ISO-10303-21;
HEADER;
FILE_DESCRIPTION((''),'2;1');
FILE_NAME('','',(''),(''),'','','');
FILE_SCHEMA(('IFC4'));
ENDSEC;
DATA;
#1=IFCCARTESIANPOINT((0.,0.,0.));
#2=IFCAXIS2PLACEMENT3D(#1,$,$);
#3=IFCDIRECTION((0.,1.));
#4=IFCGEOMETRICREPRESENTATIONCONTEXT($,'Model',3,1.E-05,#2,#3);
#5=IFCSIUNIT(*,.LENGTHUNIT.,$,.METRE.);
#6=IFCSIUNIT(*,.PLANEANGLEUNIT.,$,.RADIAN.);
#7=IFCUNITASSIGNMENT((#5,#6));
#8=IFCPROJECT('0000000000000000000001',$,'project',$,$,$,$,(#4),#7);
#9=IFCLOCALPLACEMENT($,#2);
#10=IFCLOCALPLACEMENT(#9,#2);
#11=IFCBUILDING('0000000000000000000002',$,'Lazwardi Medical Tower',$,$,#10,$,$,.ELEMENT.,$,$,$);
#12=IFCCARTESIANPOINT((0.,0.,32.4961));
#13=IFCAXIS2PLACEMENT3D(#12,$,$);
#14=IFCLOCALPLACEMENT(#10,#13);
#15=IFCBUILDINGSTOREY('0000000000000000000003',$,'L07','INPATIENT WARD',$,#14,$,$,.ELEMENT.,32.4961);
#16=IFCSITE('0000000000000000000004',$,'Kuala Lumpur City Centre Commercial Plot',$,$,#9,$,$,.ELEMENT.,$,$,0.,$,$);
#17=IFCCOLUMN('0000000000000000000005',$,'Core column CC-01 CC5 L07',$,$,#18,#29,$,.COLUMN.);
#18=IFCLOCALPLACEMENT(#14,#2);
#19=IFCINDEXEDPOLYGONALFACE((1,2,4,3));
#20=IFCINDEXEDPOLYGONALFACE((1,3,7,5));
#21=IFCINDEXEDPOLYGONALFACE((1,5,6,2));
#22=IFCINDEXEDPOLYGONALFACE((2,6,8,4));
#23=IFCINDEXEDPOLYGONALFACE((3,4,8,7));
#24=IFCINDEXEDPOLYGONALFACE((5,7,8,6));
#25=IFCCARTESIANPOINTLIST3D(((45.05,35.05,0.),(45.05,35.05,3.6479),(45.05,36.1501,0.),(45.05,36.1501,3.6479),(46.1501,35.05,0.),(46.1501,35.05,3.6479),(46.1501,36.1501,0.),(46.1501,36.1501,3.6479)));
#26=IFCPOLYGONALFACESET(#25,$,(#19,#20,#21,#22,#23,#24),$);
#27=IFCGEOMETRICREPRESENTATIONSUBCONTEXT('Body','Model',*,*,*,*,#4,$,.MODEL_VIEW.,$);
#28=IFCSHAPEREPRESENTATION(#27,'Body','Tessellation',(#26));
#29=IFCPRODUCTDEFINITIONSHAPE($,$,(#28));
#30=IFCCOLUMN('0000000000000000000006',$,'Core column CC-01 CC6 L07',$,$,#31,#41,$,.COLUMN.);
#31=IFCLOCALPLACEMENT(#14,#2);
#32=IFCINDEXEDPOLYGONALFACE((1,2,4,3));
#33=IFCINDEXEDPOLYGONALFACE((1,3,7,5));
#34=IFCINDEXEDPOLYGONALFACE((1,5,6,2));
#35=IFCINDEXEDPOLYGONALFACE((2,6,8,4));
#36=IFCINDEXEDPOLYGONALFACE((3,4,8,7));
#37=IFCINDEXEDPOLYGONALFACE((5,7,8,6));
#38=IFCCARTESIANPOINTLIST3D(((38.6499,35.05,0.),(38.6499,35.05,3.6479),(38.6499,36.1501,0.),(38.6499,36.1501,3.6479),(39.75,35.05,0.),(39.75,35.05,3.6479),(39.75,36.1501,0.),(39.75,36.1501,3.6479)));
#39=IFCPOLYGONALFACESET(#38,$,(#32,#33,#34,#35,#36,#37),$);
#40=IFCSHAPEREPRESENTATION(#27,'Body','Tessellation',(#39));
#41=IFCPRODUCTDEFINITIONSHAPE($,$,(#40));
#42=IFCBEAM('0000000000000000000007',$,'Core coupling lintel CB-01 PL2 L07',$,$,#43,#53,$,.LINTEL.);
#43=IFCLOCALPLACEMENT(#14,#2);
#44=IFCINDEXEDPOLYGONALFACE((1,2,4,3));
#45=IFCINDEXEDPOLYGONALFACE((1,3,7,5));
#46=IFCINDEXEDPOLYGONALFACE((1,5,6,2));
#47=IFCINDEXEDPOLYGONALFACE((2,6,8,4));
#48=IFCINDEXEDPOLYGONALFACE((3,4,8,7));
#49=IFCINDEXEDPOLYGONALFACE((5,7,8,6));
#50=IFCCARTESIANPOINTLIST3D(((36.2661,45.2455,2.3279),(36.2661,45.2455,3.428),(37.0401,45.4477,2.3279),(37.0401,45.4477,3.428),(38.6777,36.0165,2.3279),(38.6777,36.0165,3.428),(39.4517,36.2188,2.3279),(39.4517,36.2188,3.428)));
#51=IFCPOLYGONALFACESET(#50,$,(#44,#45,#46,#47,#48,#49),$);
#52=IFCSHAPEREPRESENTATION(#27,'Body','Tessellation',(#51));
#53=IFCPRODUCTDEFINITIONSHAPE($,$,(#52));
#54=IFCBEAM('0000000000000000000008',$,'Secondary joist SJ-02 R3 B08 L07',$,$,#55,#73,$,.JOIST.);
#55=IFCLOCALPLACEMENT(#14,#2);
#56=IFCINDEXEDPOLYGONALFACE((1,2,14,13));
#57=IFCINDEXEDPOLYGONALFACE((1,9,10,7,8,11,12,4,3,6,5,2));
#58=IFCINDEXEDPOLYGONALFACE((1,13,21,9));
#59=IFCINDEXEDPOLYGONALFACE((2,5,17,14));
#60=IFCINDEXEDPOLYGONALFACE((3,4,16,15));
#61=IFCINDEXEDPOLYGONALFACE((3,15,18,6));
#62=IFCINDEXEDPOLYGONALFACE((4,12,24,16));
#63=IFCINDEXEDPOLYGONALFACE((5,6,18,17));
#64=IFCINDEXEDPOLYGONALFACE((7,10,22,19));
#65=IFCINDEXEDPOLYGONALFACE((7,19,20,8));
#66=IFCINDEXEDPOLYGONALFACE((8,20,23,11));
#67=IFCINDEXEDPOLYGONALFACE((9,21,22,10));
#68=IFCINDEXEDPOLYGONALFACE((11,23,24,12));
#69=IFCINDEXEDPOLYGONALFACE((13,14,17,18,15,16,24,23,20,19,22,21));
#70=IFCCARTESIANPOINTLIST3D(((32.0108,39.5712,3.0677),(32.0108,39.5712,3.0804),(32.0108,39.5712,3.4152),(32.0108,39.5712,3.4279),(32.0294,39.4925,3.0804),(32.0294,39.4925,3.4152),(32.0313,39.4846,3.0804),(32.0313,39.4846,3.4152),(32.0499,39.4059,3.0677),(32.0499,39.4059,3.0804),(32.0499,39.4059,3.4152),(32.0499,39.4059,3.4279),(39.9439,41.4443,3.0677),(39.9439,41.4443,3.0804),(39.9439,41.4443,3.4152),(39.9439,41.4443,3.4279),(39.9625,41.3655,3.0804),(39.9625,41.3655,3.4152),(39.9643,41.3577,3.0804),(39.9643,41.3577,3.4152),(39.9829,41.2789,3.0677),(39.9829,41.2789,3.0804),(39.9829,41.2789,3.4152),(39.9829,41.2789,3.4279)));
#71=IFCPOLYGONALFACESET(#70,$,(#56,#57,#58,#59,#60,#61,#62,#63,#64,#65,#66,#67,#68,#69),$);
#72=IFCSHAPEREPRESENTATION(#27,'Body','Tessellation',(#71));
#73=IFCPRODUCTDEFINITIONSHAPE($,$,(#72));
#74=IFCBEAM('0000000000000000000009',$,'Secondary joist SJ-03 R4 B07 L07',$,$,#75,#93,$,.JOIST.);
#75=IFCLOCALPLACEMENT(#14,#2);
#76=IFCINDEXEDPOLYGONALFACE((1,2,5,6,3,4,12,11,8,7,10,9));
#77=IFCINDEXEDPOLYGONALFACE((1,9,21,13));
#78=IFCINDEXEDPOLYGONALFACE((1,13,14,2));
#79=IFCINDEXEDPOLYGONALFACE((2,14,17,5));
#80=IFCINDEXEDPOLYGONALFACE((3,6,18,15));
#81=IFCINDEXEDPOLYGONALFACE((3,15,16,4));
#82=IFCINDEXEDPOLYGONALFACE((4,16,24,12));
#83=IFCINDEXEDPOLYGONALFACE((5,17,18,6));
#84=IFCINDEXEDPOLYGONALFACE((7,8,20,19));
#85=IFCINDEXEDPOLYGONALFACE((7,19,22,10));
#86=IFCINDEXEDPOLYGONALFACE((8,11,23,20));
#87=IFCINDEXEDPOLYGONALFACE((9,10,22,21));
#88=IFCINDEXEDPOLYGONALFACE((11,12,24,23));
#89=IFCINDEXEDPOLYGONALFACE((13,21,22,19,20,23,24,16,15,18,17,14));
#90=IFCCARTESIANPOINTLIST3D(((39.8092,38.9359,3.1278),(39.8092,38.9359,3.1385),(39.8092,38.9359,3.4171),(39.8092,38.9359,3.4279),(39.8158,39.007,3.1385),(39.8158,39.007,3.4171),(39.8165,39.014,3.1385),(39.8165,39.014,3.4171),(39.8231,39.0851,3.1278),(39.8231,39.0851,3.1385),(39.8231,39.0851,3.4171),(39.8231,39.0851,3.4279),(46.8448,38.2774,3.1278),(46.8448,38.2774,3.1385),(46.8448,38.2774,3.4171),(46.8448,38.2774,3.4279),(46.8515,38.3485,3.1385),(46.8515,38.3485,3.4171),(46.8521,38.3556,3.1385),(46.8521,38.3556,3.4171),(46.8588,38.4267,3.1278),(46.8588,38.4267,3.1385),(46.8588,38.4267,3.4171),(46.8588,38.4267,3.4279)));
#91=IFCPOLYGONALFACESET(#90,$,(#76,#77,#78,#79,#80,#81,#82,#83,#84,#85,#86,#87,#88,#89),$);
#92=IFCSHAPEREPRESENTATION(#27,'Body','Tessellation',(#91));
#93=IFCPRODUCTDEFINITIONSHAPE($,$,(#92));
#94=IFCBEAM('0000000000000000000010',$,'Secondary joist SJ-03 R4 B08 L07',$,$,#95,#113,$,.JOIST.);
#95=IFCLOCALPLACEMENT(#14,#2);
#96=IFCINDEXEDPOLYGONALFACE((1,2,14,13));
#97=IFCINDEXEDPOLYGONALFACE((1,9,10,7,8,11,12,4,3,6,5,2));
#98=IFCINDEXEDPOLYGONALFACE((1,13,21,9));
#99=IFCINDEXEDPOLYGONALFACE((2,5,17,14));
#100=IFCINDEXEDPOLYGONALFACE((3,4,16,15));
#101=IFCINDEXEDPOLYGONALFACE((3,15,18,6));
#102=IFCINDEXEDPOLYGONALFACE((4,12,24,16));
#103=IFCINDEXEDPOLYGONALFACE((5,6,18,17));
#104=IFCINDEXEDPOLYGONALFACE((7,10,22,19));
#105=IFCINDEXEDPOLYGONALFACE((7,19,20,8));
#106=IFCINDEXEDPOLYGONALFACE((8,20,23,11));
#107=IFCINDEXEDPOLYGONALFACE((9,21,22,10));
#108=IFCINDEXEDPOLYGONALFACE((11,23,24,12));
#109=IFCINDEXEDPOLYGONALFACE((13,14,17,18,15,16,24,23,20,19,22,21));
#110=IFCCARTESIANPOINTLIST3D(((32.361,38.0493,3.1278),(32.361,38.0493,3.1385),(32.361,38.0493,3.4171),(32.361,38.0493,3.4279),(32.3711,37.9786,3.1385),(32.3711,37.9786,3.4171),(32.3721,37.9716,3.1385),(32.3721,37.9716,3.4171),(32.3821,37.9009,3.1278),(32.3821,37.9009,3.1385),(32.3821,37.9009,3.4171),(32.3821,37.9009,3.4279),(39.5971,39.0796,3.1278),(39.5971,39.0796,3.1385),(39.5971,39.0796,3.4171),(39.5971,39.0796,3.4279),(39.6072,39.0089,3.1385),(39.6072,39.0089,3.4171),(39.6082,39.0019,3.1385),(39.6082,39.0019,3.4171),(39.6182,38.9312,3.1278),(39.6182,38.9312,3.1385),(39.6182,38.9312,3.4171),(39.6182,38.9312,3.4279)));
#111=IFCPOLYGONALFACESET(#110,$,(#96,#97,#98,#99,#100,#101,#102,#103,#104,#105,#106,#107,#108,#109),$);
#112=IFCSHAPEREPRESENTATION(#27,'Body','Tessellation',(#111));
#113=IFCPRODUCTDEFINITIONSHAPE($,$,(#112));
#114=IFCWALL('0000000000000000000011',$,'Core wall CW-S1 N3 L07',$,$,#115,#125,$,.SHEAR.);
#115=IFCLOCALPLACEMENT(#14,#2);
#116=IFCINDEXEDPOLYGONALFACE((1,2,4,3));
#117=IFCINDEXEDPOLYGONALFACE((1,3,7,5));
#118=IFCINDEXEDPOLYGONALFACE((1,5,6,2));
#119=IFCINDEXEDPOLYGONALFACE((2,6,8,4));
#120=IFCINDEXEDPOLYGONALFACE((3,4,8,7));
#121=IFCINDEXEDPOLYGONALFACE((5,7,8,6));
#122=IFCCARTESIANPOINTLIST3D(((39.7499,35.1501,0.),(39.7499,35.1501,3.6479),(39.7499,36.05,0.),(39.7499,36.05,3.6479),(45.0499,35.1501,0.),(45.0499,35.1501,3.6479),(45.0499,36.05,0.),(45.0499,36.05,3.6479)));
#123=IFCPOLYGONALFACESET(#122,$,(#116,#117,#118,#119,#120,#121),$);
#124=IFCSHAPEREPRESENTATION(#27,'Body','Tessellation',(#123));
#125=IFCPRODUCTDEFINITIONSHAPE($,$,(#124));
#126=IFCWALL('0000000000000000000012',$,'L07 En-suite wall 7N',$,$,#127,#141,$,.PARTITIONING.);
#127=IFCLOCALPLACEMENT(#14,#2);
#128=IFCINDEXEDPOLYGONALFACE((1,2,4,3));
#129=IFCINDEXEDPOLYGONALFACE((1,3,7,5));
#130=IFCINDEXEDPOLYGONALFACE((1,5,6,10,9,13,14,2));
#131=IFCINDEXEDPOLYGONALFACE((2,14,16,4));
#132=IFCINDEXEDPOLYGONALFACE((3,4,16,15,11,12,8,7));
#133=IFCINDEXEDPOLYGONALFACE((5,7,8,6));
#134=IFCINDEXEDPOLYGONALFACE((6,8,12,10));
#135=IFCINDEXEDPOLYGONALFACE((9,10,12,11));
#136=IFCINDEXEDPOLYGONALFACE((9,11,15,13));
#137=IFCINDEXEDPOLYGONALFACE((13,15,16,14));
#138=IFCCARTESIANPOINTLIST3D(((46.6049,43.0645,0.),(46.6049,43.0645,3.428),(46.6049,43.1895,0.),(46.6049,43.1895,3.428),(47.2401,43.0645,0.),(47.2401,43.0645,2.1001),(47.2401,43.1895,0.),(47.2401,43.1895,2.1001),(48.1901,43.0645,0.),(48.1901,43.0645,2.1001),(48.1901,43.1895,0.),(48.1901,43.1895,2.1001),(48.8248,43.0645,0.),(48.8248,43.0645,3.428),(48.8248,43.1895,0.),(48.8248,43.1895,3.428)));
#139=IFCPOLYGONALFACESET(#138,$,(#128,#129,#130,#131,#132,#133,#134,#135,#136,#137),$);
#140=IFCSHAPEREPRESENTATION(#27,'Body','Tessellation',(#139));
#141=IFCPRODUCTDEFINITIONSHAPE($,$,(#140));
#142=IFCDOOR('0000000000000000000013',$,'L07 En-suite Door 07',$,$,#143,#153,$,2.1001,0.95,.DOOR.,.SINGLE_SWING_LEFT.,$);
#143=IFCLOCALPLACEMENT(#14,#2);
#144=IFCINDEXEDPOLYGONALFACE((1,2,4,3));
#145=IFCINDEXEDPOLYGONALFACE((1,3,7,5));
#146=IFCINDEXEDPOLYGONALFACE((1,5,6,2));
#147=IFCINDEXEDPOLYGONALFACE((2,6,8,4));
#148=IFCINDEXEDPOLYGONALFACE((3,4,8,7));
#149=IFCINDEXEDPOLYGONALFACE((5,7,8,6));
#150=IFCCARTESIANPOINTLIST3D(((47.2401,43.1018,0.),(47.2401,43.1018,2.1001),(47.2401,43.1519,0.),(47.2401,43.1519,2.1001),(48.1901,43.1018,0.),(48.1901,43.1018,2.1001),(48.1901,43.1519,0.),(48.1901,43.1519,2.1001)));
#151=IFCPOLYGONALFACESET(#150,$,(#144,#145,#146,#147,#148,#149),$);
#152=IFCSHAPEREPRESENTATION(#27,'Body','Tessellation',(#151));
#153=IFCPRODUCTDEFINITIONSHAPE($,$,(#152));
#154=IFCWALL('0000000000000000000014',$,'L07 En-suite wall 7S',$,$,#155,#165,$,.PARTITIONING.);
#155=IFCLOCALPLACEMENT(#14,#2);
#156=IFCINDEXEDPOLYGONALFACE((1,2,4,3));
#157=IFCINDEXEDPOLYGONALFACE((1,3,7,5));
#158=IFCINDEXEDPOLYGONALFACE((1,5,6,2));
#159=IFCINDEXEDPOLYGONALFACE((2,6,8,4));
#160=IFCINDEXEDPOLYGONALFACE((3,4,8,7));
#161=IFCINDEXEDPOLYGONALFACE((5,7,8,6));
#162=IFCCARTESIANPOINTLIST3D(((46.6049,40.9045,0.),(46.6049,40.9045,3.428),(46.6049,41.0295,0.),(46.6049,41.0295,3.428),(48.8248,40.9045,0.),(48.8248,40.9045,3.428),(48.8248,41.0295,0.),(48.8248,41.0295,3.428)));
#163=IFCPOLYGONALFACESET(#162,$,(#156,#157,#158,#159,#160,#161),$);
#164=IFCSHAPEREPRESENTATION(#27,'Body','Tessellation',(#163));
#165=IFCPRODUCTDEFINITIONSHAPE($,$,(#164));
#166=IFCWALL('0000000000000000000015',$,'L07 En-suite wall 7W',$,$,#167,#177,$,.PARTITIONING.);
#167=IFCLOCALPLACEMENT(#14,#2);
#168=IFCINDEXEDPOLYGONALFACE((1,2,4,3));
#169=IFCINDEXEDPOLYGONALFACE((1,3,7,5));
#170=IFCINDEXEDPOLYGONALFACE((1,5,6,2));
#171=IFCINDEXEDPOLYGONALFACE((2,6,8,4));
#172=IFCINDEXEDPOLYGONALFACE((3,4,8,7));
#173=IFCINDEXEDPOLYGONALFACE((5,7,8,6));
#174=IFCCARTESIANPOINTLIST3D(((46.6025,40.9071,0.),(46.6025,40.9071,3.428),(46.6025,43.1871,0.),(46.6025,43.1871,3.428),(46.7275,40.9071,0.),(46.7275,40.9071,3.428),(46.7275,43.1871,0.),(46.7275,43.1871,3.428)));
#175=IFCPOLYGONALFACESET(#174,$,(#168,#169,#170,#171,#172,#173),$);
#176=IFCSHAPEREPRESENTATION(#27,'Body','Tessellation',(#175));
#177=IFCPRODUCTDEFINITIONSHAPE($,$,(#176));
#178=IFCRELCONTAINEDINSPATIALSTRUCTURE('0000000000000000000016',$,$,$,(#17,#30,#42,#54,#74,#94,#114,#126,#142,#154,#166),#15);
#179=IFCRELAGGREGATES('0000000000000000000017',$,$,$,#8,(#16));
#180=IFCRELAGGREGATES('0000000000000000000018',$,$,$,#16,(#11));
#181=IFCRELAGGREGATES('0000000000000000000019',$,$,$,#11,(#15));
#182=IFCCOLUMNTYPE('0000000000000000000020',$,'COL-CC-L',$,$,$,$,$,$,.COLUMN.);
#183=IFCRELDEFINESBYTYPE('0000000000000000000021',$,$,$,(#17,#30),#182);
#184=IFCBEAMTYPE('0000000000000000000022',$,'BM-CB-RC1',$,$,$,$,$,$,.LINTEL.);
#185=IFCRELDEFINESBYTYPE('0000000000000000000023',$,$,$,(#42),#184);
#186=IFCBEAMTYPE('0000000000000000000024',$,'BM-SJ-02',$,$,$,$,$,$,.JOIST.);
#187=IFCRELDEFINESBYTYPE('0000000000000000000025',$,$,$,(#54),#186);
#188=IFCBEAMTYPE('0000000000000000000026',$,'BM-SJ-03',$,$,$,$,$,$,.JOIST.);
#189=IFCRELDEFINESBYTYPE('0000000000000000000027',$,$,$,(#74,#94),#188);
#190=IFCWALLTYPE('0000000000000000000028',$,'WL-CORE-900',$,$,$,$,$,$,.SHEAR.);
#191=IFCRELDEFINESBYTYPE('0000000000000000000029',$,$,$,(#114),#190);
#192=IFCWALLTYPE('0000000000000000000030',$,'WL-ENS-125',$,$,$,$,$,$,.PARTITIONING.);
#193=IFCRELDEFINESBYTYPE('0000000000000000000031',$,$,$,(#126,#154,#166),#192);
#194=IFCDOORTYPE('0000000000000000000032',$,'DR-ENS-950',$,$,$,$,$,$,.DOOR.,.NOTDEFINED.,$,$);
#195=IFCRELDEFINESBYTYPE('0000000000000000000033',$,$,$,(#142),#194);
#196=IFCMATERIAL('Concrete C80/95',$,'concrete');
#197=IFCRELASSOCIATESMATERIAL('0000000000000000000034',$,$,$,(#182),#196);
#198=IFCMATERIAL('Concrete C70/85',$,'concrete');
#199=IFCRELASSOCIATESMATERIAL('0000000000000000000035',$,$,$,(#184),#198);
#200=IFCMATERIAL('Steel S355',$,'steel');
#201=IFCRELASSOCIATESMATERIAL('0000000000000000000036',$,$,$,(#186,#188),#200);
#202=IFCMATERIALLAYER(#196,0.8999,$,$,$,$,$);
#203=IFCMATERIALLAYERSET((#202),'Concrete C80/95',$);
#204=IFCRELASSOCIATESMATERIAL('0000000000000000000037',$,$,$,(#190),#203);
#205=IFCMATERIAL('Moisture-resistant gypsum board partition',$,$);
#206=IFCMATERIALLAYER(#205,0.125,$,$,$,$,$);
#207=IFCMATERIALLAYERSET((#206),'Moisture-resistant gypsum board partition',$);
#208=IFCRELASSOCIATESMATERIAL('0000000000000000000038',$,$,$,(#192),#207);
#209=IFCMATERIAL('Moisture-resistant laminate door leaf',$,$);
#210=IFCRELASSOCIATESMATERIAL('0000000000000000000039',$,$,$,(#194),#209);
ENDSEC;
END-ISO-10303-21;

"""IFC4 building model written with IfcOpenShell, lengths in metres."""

from ifc_helpers import new_model, si_unit, direction, frame, frame_2d, origin, origin_2d, place, context, subcontext, project, spatial, rectangle, i_section, extrude, material, layer, layer_set, material_profile, profile_set, type_object, element, fill, save


model = new_model("IFC4")

# Units and contexts
model_context = context("Model", 3, precision=1e-05, world=origin(), true_north=direction((0.0, 1.0)))
body_context = subcontext(model_context, "Body", "Model", "MODEL_VIEW")
ifc_project = project(units=[si_unit("LENGTHUNIT", "METRE"), si_unit("PLANEANGLEUNIT", "RADIAN")], contexts=[model_context])

# Site, building, storey
site_placement = place(None, origin())
site = spatial("IfcSite", under=ifc_project, at=site_placement, Name="Kuala Lumpur City Centre Commercial Plot", CompositionType="ELEMENT", RefElevation=0.0)
building_placement = place(site_placement, origin())
building = spatial("IfcBuilding", under=site, at=building_placement, Name="Lazwardi Medical Tower", CompositionType="ELEMENT")
storey_placement = place(building_placement, frame((0.0, 0.0, 32.4961)))
storey = spatial("IfcBuildingStorey", under=building, at=storey_placement, Name="L07", Description="INPATIENT WARD", CompositionType="ELEMENT", Elevation=32.4961)

# Columns
ifc_material_1 = material(Name="Concrete C80/95", Category="concrete")
ifc_material_profile_1 = material_profile(ifc_material_1, rectangle(XDim=1.1001, YDim=1.1001, at=origin_2d()), Name="RC 1100x1100")
ifc_profile_set_1 = profile_set([ifc_material_profile_1], Name="Concrete C80/95")
column_type = type_object("IfcColumnType", Name="COL-CC-L", PredefinedType="COLUMN", material=ifc_profile_set_1)
for number, where, z_axis, x_axis, name in (
    (1, (45.6001, 35.6001, 0.0), (0.0, 0.0, 1.0), (1.0, 0.0, 0.0), "Core column CC-01 CC5 L07"),
    (2, (39.2, 35.6001, 0.0), (0.0, 0.0, 1.0), (1.0, 0.0, 0.0), "Core column CC-01 CC6 L07"),
):
    element("IfcColumn", number, at=place(storey_placement, frame(where, z_axis=z_axis, x_axis=x_axis)), inside=storey, type_object=column_type, Name=name, PredefinedType="COLUMN", context=body_context, shape_type="SweptSolid", body=[
        extrude(rectangle(XDim=1.1001, YDim=1.1001, at=origin_2d()), origin(), (0.0, 0.0, 1.0), 3.6479),
    ])

# Beams
ifc_material_2 = material(Name="Concrete C70/85", Category="concrete")
ifc_material_profile_2 = material_profile(ifc_material_2, rectangle(XDim=0.8, YDim=1.1001, at=origin_2d()), Name="RC 800x1100")
ifc_profile_set_2 = profile_set([ifc_material_profile_2], Name="Concrete C70/85")
beam_type_1 = type_object("IfcBeamType", Name="BM-CB-RC1", PredefinedType="LINTEL", material=ifc_profile_set_2)
beam_1_placement = place(storey_placement, frame((39.0647, 36.1177, 2.8779), z_axis=(-0.25282, 0.967513, 0.0), x_axis=(-0.967513, -0.25282, 0.0)))
element("IfcBeam", 3, at=beam_1_placement, inside=storey, type_object=beam_type_1, Name="Core coupling lintel CB-01 PL2 L07", PredefinedType="LINTEL", context=body_context, shape_type="SweptSolid", body=[
    extrude(rectangle(XDim=0.8, YDim=1.1001, at=origin_2d()), origin(), (0.0, 0.0, 1.0), 9.5388),
])
ifc_material_3 = material(Name="Steel S355", Category="steel")
ifc_material_profile_3 = material_profile(ifc_material_3, i_section(OverallWidth=0.1699, OverallDepth=0.3601, WebThickness=0.0081, FlangeThickness=0.0127, at=origin_2d()), Name="IPE 360")
ifc_profile_set_3 = profile_set([ifc_material_profile_3], Name="Steel S355")
beam_type_2 = type_object("IfcBeamType", Name="BM-SJ-02", PredefinedType="JOIST", material=ifc_profile_set_3)
beam_2_placement = place(storey_placement, frame((39.9634, 41.3616, 3.2478), z_axis=(-0.973241, -0.229787, 0.0), x_axis=(0.229787, -0.973241, 0.0)))
element("IfcBeam", 4, at=beam_2_placement, inside=storey, type_object=beam_type_2, Name="Secondary joist SJ-02 R3 B08 L07", PredefinedType="JOIST", context=body_context, shape_type="SweptSolid", body=[
    extrude(i_section(OverallWidth=0.1699, OverallDepth=0.3601, WebThickness=0.0081, FlangeThickness=0.0127, at=origin_2d()), origin(), (0.0, 0.0, 1.0), 8.1511),
])
ifc_material_profile_4 = material_profile(ifc_material_3, i_section(OverallWidth=0.1499, OverallDepth=0.3, WebThickness=0.0071, FlangeThickness=0.0107, at=origin_2d()), Name="IPE 300")
ifc_profile_set_4 = profile_set([ifc_material_profile_4], Name="Steel S355")
beam_type_3 = type_object("IfcBeamType", Name="BM-SJ-03", PredefinedType="JOIST", material=ifc_profile_set_4)
beam_3_placement = place(storey_placement, frame((46.8518, 38.3521, 3.2778), z_axis=(-0.995649, 0.09318, 0.0), x_axis=(-0.09318, -0.995649, 0.0)))
element("IfcBeam", 5, at=beam_3_placement, inside=storey, type_object=beam_type_3, Name="Secondary joist SJ-03 R4 B07 L07", PredefinedType="JOIST", context=body_context, shape_type="SweptSolid", body=[
    extrude(i_section(OverallWidth=0.1499, OverallDepth=0.3, WebThickness=0.0071, FlangeThickness=0.0107, at=origin_2d()), origin(), (0.0, 0.0, 1.0), 7.0664),
])
beam_4_placement = place(storey_placement, frame((39.6077, 39.0054, 3.2778), z_axis=(-0.990016, -0.140958, 0.0), x_axis=(0.140958, -0.990016, 0.0)))
element("IfcBeam", 6, at=beam_4_placement, inside=storey, type_object=beam_type_3, Name="Secondary joist SJ-03 R4 B08 L07", PredefinedType="JOIST", context=body_context, shape_type="SweptSolid", body=[
    extrude(i_section(OverallWidth=0.1499, OverallDepth=0.3, WebThickness=0.0071, FlangeThickness=0.0107, at=origin_2d()), origin(), (0.0, 0.0, 1.0), 7.3091),
])

# Wall
ifc_layer_1 = layer(ifc_material_1, 0.8999)
ifc_layer_set_1 = layer_set([ifc_layer_1], Name="Concrete C80/95")
wall_type_1 = type_object("IfcWallType", Name="WL-CORE-900", PredefinedType="SHEAR", material=ifc_layer_set_1)
wall_1_placement = place(storey_placement, frame((39.75, 35.6001, 0.0), z_axis=(0.0, 0.0, 1.0), x_axis=(1.0, 0.0, 0.0)))
element("IfcWall", 7, at=wall_1_placement, inside=storey, type_object=wall_type_1, Name="Core wall CW-S1 N3 L07", PredefinedType="SHEAR", context=body_context, shape_type="SweptSolid", body=[
    extrude(rectangle(XDim=5.3, YDim=0.8999, at=frame_2d((2.6499, 0.0))), origin(), (0.0, 0.0, 1.0), 3.6479),
])

# Wall, opening, door
ifc_material_4 = material(Name="Moisture-resistant gypsum board partition")
ifc_layer_2 = layer(ifc_material_4, 0.125)
ifc_layer_set_2 = layer_set([ifc_layer_2], Name="Moisture-resistant gypsum board partition")
wall_type_2 = type_object("IfcWallType", Name="WL-ENS-125", PredefinedType="PARTITIONING", material=ifc_layer_set_2)
wall_2_placement = place(storey_placement, frame((46.605, 43.127, 0.0), z_axis=(0.0, 0.0, 1.0), x_axis=(1.0, 0.0, 0.0)))
wall_2 = element("IfcWall", 8, at=wall_2_placement, inside=storey, type_object=wall_type_2, Name="L07 En-suite wall 7N", PredefinedType="PARTITIONING", context=body_context, shape_type="SweptSolid", body=[
    extrude(rectangle(XDim=2.22, YDim=0.125, at=frame_2d((1.1099, 0.0))), origin(), (0.0, 0.0, 1.0), 3.428),
])
opening_1_placement = place(wall_2_placement, frame((0.635, 0.0, 0.0)))
opening_1 = element("IfcOpeningElement", 9, at=opening_1_placement, cuts=wall_2, PredefinedType="OPENING", context=body_context, shape_type="SweptSolid", body=[
    extrude(rectangle(XDim=0.95, YDim=2.1001, at=frame_2d((0.4751, 1.05))), frame((0.0, 0.0725, 0.0), z_axis=(0.0, -1.0, 0.0), x_axis=(1.0, 0.0, 0.0)), (0.0, 0.0, 1.0), 0.145),
])
ifc_material_5 = material(Name="Moisture-resistant laminate door leaf")
door_type_1 = type_object("IfcDoorType", Name="DR-ENS-950", OperationType="NOTDEFINED", PredefinedType="DOOR", material=ifc_material_5)
door_1_placement = place(opening_1_placement, origin())
door_1 = element("IfcDoor", 10, at=door_1_placement, inside=storey, type_object=door_type_1, Name="L07 En-suite Door 07", OperationType="SINGLE_SWING_LEFT", OverallHeight=2.1001, OverallWidth=0.95, PredefinedType="DOOR", context=body_context, shape_type="SweptSolid", body=[
    extrude(rectangle(XDim=0.95, YDim=2.1001, at=frame_2d((0.4751, 1.05))), frame((0.0, 0.0249, 0.0), z_axis=(0.0, -1.0, 0.0), x_axis=(1.0, 0.0, 0.0)), (0.0, 0.0, 1.0), 0.05),
])
fill(opening_1, door_1)

# Walls
wall_3_placement = place(storey_placement, frame((46.605, 40.967, 0.0), z_axis=(0.0, 0.0, 1.0), x_axis=(1.0, 0.0, 0.0)))
element("IfcWall", 11, at=wall_3_placement, inside=storey, type_object=wall_type_2, Name="L07 En-suite wall 7S", PredefinedType="PARTITIONING", context=body_context, shape_type="SweptSolid", body=[
    extrude(rectangle(XDim=2.22, YDim=0.125, at=frame_2d((1.1099, 0.0))), origin(), (0.0, 0.0, 1.0), 3.428),
])
wall_4_placement = place(storey_placement, frame((46.665, 40.907, 0.0), z_axis=(0.0, 0.0, 1.0), x_axis=(0.0, 1.0, 0.0)))
element("IfcWall", 12, at=wall_4_placement, inside=storey, type_object=wall_type_2, Name="L07 En-suite wall 7W", PredefinedType="PARTITIONING", context=body_context, shape_type="SweptSolid", body=[
    extrude(rectangle(XDim=2.28, YDim=0.125, at=frame_2d((1.1401, 0.0))), origin(), (0.0, 0.0, 1.0), 3.428),
])

save(model, "model.ifc")
